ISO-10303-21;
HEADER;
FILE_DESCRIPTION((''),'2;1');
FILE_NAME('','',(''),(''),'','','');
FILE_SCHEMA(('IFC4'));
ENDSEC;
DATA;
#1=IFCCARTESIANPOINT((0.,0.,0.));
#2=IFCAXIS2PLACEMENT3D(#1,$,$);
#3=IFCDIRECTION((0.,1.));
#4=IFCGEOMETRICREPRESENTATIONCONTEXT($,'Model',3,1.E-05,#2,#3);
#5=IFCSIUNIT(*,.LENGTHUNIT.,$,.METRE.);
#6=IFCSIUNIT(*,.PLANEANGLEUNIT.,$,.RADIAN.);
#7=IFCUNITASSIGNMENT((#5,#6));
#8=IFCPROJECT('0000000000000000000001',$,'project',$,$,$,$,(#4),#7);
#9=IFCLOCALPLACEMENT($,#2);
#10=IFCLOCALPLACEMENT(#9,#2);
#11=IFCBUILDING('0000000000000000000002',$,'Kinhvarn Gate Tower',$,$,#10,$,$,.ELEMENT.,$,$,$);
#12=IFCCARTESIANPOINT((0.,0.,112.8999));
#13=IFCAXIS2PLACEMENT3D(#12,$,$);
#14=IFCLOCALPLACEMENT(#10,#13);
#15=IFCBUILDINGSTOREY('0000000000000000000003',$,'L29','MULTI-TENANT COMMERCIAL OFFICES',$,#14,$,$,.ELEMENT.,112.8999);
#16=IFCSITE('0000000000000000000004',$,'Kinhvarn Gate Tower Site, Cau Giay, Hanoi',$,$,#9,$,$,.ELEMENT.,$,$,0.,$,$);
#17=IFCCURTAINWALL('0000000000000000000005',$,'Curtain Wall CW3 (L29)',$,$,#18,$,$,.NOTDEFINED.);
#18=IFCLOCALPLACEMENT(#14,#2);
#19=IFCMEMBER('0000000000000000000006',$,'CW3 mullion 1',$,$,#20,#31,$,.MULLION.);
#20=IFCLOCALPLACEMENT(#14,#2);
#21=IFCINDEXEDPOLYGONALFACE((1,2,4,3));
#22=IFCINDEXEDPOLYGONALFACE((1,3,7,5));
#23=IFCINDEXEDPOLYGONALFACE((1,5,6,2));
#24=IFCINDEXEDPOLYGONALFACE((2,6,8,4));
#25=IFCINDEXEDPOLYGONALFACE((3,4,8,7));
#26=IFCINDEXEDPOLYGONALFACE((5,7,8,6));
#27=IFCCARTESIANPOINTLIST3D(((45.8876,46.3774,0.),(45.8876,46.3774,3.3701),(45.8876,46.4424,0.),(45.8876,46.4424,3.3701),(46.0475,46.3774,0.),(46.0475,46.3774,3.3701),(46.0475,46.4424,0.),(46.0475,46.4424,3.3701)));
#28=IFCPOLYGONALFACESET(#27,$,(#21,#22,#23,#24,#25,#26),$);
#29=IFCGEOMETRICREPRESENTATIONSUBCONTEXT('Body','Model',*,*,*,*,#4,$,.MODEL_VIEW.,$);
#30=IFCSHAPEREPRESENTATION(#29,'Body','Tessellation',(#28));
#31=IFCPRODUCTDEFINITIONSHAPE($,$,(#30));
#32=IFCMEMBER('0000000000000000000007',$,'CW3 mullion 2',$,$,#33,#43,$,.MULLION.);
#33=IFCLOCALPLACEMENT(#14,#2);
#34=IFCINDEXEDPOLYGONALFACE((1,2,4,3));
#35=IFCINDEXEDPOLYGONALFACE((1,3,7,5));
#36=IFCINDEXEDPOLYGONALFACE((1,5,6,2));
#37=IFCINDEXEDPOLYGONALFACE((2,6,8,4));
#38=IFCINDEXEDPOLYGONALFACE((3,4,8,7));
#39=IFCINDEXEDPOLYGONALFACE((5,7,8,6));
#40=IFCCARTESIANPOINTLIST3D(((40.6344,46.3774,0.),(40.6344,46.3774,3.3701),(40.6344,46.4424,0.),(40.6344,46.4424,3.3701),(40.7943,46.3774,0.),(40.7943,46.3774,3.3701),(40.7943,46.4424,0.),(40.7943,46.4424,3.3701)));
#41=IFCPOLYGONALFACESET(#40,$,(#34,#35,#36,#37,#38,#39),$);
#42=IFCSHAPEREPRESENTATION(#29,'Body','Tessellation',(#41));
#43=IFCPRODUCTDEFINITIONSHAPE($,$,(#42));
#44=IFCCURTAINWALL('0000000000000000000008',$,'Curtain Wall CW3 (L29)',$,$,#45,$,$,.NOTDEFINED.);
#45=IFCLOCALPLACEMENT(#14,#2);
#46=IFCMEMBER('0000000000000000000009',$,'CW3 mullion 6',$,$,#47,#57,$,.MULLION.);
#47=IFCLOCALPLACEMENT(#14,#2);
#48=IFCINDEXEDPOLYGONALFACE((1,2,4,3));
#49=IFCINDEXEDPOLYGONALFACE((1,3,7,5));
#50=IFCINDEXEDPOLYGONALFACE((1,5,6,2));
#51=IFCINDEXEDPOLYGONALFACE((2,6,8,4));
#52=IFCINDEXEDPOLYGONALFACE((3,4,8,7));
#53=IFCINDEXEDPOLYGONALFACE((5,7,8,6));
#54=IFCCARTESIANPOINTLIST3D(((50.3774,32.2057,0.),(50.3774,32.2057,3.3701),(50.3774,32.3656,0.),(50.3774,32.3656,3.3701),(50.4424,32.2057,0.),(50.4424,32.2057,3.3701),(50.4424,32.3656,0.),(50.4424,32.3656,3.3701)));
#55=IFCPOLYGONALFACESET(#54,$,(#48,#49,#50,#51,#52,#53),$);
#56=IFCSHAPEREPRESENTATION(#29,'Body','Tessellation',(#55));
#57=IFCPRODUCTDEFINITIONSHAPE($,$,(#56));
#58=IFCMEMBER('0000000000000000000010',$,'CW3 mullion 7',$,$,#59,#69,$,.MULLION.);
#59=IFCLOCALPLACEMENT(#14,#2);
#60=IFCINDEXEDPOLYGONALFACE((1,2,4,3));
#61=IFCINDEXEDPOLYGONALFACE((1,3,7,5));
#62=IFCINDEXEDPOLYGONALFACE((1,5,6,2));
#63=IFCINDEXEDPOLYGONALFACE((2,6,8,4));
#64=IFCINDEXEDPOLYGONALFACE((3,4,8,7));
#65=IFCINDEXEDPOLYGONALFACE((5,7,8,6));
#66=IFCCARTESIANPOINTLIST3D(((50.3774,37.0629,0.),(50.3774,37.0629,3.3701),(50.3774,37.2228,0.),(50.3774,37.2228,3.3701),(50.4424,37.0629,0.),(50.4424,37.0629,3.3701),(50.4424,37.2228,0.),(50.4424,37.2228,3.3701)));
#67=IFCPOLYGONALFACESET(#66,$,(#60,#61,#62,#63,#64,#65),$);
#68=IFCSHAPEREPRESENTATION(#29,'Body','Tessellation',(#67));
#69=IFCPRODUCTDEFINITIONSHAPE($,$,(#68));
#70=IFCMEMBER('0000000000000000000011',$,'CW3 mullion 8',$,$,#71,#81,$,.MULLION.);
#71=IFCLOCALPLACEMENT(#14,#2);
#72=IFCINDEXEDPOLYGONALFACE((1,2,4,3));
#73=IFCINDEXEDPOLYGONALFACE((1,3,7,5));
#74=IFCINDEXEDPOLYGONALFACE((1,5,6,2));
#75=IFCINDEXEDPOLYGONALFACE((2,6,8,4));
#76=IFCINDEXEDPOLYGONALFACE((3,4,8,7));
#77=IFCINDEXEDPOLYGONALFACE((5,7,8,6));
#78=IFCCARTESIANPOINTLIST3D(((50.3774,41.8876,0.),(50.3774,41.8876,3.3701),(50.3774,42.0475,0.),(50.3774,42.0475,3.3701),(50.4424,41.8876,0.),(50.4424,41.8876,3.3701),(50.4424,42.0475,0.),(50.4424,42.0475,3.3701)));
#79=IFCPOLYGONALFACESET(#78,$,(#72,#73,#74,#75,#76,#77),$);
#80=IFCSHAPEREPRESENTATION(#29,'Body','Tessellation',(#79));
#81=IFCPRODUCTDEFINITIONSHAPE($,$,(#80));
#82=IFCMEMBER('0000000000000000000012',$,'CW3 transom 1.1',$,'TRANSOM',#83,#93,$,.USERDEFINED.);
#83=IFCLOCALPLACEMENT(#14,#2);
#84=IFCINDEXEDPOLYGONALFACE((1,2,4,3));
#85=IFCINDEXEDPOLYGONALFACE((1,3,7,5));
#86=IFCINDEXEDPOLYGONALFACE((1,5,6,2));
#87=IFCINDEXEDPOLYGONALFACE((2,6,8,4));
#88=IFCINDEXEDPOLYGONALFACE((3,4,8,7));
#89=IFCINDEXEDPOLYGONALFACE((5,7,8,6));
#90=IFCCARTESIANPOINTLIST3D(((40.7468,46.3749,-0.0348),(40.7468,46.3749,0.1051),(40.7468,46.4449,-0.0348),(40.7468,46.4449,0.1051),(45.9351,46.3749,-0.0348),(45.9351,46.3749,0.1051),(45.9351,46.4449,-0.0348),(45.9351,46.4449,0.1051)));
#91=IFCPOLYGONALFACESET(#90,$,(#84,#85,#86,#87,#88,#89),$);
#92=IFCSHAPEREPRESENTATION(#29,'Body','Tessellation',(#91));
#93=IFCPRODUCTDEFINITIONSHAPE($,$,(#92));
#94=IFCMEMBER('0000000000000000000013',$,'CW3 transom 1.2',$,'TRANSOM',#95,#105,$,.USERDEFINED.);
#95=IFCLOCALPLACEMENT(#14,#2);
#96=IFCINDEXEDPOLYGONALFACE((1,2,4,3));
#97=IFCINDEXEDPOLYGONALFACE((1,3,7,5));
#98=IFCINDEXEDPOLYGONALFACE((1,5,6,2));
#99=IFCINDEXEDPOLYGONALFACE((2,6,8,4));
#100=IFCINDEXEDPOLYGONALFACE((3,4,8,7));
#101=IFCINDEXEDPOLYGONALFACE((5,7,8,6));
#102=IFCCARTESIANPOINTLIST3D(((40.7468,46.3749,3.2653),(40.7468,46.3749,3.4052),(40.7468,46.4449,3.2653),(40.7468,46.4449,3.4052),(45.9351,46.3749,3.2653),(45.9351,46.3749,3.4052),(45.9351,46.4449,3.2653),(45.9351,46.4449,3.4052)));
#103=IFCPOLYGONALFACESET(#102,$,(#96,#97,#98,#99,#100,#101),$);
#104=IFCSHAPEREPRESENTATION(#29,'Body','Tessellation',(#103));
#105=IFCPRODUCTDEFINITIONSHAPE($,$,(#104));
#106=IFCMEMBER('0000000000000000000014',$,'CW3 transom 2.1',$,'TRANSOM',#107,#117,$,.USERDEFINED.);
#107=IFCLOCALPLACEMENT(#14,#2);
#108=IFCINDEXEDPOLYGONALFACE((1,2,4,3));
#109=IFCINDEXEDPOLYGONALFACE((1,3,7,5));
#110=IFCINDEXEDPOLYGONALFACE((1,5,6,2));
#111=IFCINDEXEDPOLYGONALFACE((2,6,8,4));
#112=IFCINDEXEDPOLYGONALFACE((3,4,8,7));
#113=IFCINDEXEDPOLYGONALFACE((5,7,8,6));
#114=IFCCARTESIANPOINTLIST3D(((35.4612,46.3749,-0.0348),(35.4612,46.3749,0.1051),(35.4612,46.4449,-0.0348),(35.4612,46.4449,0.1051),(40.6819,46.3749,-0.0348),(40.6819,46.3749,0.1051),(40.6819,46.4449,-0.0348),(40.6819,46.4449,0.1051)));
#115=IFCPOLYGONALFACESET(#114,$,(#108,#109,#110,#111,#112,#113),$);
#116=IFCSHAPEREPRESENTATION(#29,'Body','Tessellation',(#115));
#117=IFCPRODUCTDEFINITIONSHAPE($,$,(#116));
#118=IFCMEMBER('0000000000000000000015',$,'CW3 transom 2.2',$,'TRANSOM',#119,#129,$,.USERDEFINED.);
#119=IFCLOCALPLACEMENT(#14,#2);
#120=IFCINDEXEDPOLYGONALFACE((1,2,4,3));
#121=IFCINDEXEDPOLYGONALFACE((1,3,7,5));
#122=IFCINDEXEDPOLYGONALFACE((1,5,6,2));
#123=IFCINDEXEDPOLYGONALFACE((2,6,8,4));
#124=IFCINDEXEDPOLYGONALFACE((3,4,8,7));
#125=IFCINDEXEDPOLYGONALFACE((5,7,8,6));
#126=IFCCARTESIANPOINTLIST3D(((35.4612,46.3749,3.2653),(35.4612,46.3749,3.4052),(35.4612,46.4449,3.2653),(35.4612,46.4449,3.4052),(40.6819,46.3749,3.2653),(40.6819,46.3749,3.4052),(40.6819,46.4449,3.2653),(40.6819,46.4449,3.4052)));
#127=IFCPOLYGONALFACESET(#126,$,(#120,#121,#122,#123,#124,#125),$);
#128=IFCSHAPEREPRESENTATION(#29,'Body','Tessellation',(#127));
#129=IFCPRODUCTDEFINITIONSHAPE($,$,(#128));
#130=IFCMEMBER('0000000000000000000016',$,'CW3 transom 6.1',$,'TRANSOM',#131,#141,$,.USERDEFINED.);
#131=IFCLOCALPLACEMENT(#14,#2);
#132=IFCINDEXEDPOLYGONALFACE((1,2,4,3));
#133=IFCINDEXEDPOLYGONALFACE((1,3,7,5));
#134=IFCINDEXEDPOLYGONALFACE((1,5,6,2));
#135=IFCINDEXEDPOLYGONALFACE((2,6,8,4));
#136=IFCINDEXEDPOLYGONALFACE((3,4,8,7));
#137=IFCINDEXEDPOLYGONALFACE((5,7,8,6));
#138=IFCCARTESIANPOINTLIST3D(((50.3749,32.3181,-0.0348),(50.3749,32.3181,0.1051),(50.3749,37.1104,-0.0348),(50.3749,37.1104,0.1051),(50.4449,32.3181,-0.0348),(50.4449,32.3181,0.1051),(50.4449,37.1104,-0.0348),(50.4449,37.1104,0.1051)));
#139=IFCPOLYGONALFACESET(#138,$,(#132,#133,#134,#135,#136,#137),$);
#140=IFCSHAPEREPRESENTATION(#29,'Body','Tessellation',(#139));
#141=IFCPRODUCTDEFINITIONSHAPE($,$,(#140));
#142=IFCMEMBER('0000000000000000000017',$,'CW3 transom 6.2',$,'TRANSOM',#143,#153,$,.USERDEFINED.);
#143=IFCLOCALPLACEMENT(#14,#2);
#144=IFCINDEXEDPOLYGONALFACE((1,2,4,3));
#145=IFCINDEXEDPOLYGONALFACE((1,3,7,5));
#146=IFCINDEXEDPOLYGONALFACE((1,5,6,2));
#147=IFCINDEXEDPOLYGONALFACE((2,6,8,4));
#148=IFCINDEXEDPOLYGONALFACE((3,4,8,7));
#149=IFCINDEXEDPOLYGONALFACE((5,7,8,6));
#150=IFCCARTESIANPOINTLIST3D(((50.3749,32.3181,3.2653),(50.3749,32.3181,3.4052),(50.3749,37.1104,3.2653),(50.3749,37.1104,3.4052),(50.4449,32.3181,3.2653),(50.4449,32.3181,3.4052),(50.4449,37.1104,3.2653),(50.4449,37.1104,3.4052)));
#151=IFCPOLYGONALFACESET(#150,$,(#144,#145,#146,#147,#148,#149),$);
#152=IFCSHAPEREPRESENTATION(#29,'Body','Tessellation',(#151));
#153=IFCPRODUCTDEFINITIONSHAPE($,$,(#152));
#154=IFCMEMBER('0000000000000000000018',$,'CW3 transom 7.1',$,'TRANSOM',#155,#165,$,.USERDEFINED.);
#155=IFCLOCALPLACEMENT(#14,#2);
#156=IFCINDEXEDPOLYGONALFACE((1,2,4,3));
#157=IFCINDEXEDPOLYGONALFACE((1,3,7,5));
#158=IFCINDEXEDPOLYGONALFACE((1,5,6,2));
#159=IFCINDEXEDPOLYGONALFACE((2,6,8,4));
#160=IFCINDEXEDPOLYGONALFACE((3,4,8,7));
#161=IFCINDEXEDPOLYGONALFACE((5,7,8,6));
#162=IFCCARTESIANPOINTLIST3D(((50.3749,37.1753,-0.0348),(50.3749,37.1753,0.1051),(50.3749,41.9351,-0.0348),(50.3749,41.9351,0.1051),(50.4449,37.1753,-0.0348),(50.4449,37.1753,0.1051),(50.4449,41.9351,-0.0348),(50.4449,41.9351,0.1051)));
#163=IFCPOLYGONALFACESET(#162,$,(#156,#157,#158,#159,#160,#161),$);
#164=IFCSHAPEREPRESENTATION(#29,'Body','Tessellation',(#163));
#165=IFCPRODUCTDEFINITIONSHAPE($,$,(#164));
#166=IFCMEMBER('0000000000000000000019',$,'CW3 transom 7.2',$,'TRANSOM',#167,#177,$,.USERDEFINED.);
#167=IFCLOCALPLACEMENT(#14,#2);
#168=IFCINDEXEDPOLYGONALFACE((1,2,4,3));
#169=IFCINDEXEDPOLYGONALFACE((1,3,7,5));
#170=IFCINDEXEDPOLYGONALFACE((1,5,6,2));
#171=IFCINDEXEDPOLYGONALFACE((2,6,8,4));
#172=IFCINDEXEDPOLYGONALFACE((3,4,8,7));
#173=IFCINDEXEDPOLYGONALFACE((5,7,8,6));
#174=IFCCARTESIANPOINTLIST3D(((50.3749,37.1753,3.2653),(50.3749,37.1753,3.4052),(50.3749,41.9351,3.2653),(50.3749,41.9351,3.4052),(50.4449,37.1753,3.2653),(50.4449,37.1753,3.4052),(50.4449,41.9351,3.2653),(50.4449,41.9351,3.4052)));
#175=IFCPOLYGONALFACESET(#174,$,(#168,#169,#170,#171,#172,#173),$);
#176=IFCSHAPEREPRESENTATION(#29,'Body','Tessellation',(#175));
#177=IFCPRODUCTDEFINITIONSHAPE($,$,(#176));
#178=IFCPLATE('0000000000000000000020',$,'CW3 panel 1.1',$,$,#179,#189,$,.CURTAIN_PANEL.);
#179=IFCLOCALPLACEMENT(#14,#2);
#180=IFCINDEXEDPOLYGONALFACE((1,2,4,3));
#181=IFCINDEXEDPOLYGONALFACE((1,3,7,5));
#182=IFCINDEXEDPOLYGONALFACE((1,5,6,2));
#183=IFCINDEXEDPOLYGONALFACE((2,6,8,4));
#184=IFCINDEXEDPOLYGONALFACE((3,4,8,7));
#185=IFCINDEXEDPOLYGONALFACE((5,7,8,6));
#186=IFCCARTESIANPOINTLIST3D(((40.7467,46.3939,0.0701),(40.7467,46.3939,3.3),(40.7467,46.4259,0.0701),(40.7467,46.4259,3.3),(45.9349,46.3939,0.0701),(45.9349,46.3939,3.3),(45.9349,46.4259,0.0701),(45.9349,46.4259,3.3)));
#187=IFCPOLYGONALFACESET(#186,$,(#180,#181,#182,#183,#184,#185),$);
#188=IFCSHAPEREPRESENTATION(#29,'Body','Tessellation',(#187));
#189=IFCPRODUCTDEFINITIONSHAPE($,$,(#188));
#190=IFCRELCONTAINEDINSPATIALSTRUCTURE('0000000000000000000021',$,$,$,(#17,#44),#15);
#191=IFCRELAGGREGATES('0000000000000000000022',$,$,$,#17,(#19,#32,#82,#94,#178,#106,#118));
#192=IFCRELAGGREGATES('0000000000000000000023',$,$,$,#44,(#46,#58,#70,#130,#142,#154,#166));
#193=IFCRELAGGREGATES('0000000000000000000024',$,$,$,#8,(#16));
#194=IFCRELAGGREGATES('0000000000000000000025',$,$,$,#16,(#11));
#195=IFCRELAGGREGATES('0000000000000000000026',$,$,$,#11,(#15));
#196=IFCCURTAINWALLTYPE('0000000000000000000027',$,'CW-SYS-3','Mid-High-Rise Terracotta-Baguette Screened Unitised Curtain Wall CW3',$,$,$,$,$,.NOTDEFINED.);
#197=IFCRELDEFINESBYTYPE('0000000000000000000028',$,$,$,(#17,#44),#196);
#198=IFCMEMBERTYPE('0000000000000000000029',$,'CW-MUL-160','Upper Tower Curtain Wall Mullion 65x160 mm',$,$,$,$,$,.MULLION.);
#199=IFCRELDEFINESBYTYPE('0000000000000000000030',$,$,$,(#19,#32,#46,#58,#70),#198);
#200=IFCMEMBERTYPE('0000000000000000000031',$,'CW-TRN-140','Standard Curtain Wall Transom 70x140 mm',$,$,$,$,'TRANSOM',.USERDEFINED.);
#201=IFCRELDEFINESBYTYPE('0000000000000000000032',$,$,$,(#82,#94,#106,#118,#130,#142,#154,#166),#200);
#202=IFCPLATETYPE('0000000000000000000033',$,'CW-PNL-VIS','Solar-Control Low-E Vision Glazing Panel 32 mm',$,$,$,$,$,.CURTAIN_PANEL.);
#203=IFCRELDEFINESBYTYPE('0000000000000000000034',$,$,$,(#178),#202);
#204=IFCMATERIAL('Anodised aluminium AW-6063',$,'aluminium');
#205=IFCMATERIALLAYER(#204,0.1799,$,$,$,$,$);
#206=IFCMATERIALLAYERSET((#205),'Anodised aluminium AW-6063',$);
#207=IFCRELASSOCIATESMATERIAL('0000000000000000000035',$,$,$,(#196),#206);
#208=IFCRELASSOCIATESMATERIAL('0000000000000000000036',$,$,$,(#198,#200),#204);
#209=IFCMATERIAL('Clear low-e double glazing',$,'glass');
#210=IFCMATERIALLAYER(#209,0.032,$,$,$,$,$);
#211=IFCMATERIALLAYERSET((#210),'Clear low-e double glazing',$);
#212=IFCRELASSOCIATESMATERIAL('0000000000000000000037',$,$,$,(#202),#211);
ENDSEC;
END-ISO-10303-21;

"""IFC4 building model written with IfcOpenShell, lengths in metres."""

from ifc_helpers import new_model, si_unit, direction, frame, origin, origin_2d, place, context, subcontext, project, spatial, rectangle, extrude, material, layer, layer_set, material_profile, profile_set, type_object, element, aggregate, save


model = new_model("IFC4")

# Units and contexts
model_context = context("Model", 3, precision=1e-05, world=origin(), true_north=direction((0.0, 1.0)))
body_context = subcontext(model_context, "Body", "Model", "MODEL_VIEW")
ifc_project = project(units=[si_unit("LENGTHUNIT", "METRE"), si_unit("PLANEANGLEUNIT", "RADIAN")], contexts=[model_context])

# Site, building, storey
site_placement = place(None, origin())
site = spatial("IfcSite", under=ifc_project, at=site_placement, Name="Kinhvarn Gate Tower Site, Cau Giay, Hanoi", CompositionType="ELEMENT", RefElevation=0.0)
building_placement = place(site_placement, origin())
building = spatial("IfcBuilding", under=site, at=building_placement, Name="Kinhvarn Gate Tower", CompositionType="ELEMENT")
storey_placement = place(building_placement, frame((0.0, 0.0, 112.8999)))
storey = spatial("IfcBuildingStorey", under=building, at=storey_placement, Name="L29", Description="MULTI-TENANT COMMERCIAL OFFICES", CompositionType="ELEMENT", Elevation=112.8999)

# Curtain walls, members
ifc_material_1 = material(Name="Anodised aluminium AW-6063", Category="aluminium")
ifc_layer_1 = layer(ifc_material_1, 0.1799)
ifc_layer_set_1 = layer_set([ifc_layer_1], Name="Anodised aluminium AW-6063")
curtain_wall_type = type_object("IfcCurtainWallType", Name="CW-SYS-3", Description="Mid-High-Rise Terracotta-Baguette Screened Unitised Curtain Wall CW3", PredefinedType="NOTDEFINED", material=ifc_layer_set_1)
curtain_wall_1_placement = place(storey_placement, origin())
curtain_wall_1 = element("IfcCurtainWall", 1, at=curtain_wall_1_placement, inside=storey, type_object=curtain_wall_type, Name="Curtain Wall CW3 (L29)", PredefinedType="NOTDEFINED")
ifc_material_profile_1 = material_profile(ifc_material_1, rectangle(XDim=0.0649, YDim=0.1599, at=origin_2d()), Name="ALU 65x160")
ifc_profile_set_1 = profile_set([ifc_material_profile_1], Name="Anodised aluminium AW-6063")
member_type_1 = type_object("IfcMemberType", Name="CW-MUL-160", Description="Upper Tower Curtain Wall Mullion 65x160 mm", PredefinedType="MULLION", material=ifc_profile_set_1)
member_1_placement = place(storey_placement, frame((45.9675, 46.4099, 0.0), z_axis=(0.0, 0.0, 1.0), x_axis=(0.0, -1.0, 0.0)))
member_1 = element("IfcMember", 2, at=member_1_placement, type_object=member_type_1, Name="CW3 mullion 1", PredefinedType="MULLION", context=body_context, shape_type="SweptSolid", body=[
    extrude(rectangle(XDim=0.0649, YDim=0.1599, at=origin_2d()), origin(), (0.0, 0.0, 1.0), 3.3701),
])
member_2_placement = place(storey_placement, frame((40.7144, 46.4099, 0.0), z_axis=(0.0, 0.0, 1.0), x_axis=(0.0, -1.0, 0.0)))
member_2 = element("IfcMember", 3, at=member_2_placement, type_object=member_type_1, Name="CW3 mullion 2", PredefinedType="MULLION", context=body_context, shape_type="SweptSolid", body=[
    extrude(rectangle(XDim=0.0649, YDim=0.1599, at=origin_2d()), origin(), (0.0, 0.0, 1.0), 3.3701),
])
curtain_wall_2_placement = place(storey_placement, origin())
curtain_wall_2 = element("IfcCurtainWall", 4, at=curtain_wall_2_placement, inside=storey, type_object=curtain_wall_type, Name="Curtain Wall CW3 (L29)", PredefinedType="NOTDEFINED")
member_3_placement = place(storey_placement, frame((50.4099, 32.2856, 0.0), z_axis=(0.0, 0.0, 1.0), x_axis=(-1.0, 0.0, 0.0)))
member_3 = element("IfcMember", 5, at=member_3_placement, type_object=member_type_1, Name="CW3 mullion 6", PredefinedType="MULLION", context=body_context, shape_type="SweptSolid", body=[
    extrude(rectangle(XDim=0.0649, YDim=0.1599, at=origin_2d()), origin(), (0.0, 0.0, 1.0), 3.3701),
])
member_4_placement = place(storey_placement, frame((50.4099, 37.1428, 0.0), z_axis=(0.0, 0.0, 1.0), x_axis=(-1.0, 0.0, 0.0)))
member_4 = element("IfcMember", 6, at=member_4_placement, type_object=member_type_1, Name="CW3 mullion 7", PredefinedType="MULLION", context=body_context, shape_type="SweptSolid", body=[
    extrude(rectangle(XDim=0.0649, YDim=0.1599, at=origin_2d()), origin(), (0.0, 0.0, 1.0), 3.3701),
])
member_5_placement = place(storey_placement, frame((50.4099, 41.9675, 0.0), z_axis=(0.0, 0.0, 1.0), x_axis=(-1.0, 0.0, 0.0)))
member_5 = element("IfcMember", 7, at=member_5_placement, type_object=member_type_1, Name="CW3 mullion 8", PredefinedType="MULLION", context=body_context, shape_type="SweptSolid", body=[
    extrude(rectangle(XDim=0.0649, YDim=0.1599, at=origin_2d()), origin(), (0.0, 0.0, 1.0), 3.3701),
])

# Members
ifc_material_profile_2 = material_profile(ifc_material_1, rectangle(XDim=0.0701, YDim=0.1399, at=origin_2d()), Name="ALU 70x140")
ifc_profile_set_2 = profile_set([ifc_material_profile_2], Name="Anodised aluminium AW-6063")
member_type_2 = type_object("IfcMemberType", Name="CW-TRN-140", Description="Standard Curtain Wall Transom 70x140 mm", ElementType="TRANSOM", PredefinedType="USERDEFINED", material=ifc_profile_set_2)
member_6_placement = place(storey_placement, frame((45.9351, 46.4099, 0.0352), z_axis=(-1.0, 0.0, 0.0), x_axis=(0.0, -1.0, 0.0)))
member_6 = element("IfcMember", 8, at=member_6_placement, type_object=member_type_2, Name="CW3 transom 1.1", ObjectType="TRANSOM", PredefinedType="USERDEFINED", context=body_context, shape_type="SweptSolid", body=[
    extrude(rectangle(XDim=0.0701, YDim=0.1399, at=origin_2d()), origin(), (0.0, 0.0, 1.0), 5.1882),
])
member_7_placement = place(storey_placement, frame((45.9351, 46.4099, 3.3352), z_axis=(-1.0, 0.0, 0.0), x_axis=(0.0, -1.0, 0.0)))
member_7 = element("IfcMember", 9, at=member_7_placement, type_object=member_type_2, Name="CW3 transom 1.2", ObjectType="TRANSOM", PredefinedType="USERDEFINED", context=body_context, shape_type="SweptSolid", body=[
    extrude(rectangle(XDim=0.0701, YDim=0.1399, at=origin_2d()), origin(), (0.0, 0.0, 1.0), 5.1882),
])
member_8_placement = place(storey_placement, frame((40.6819, 46.4099, 0.0352), z_axis=(-1.0, 0.0, 0.0), x_axis=(0.0, -1.0, 0.0)))
member_8 = element("IfcMember", 10, at=member_8_placement, type_object=member_type_2, Name="CW3 transom 2.1", ObjectType="TRANSOM", PredefinedType="USERDEFINED", context=body_context, shape_type="SweptSolid", body=[
    extrude(rectangle(XDim=0.0701, YDim=0.1399, at=origin_2d()), origin(), (0.0, 0.0, 1.0), 5.2207),
])
member_9_placement = place(storey_placement, frame((40.6819, 46.4099, 3.3352), z_axis=(-1.0, 0.0, 0.0), x_axis=(0.0, -1.0, 0.0)))
member_9 = element("IfcMember", 11, at=member_9_placement, type_object=member_type_2, Name="CW3 transom 2.2", ObjectType="TRANSOM", PredefinedType="USERDEFINED", context=body_context, shape_type="SweptSolid", body=[
    extrude(rectangle(XDim=0.0701, YDim=0.1399, at=origin_2d()), origin(), (0.0, 0.0, 1.0), 5.2207),
])
member_10_placement = place(storey_placement, frame((50.4099, 32.3181, 0.0352), z_axis=(0.0, 1.0, 0.0), x_axis=(-1.0, 0.0, 0.0)))
member_10 = element("IfcMember", 12, at=member_10_placement, type_object=member_type_2, Name="CW3 transom 6.1", ObjectType="TRANSOM", PredefinedType="USERDEFINED", context=body_context, shape_type="SweptSolid", body=[
    extrude(rectangle(XDim=0.0701, YDim=0.1399, at=origin_2d()), origin(), (0.0, 0.0, 1.0), 4.7922),
])
member_11_placement = place(storey_placement, frame((50.4099, 32.3181, 3.3352), z_axis=(0.0, 1.0, 0.0), x_axis=(-1.0, 0.0, 0.0)))
member_11 = element("IfcMember", 13, at=member_11_placement, type_object=member_type_2, Name="CW3 transom 6.2", ObjectType="TRANSOM", PredefinedType="USERDEFINED", context=body_context, shape_type="SweptSolid", body=[
    extrude(rectangle(XDim=0.0701, YDim=0.1399, at=origin_2d()), origin(), (0.0, 0.0, 1.0), 4.7922),
])
member_12_placement = place(storey_placement, frame((50.4099, 37.1753, 0.0352), z_axis=(0.0, 1.0, 0.0), x_axis=(-1.0, 0.0, 0.0)))
member_12 = element("IfcMember", 14, at=member_12_placement, type_object=member_type_2, Name="CW3 transom 7.1", ObjectType="TRANSOM", PredefinedType="USERDEFINED", context=body_context, shape_type="SweptSolid", body=[
    extrude(rectangle(XDim=0.0701, YDim=0.1399, at=origin_2d()), origin(), (0.0, 0.0, 1.0), 4.7598),
])
member_13_placement = place(storey_placement, frame((50.4099, 37.1753, 3.3352), z_axis=(0.0, 1.0, 0.0), x_axis=(-1.0, 0.0, 0.0)))
member_13 = element("IfcMember", 15, at=member_13_placement, type_object=member_type_2, Name="CW3 transom 7.2", ObjectType="TRANSOM", PredefinedType="USERDEFINED", context=body_context, shape_type="SweptSolid", body=[
    extrude(rectangle(XDim=0.0701, YDim=0.1399, at=origin_2d()), origin(), (0.0, 0.0, 1.0), 4.7598),
])

# Plate
ifc_material_2 = material(Name="Clear low-e double glazing", Category="glass")
ifc_layer_2 = layer(ifc_material_2, 0.032)
ifc_layer_set_2 = layer_set([ifc_layer_2], Name="Clear low-e double glazing")
plate_type = type_object("IfcPlateType", Name="CW-PNL-VIS", Description="Solar-Control Low-E Vision Glazing Panel 32 mm", PredefinedType="CURTAIN_PANEL", material=ifc_layer_set_2)
plate_1_placement = place(storey_placement, frame((43.3408, 46.4099, 0.0701), z_axis=(0.0, 0.0, 1.0), x_axis=(-1.0, 0.0, 0.0)))
plate_1 = element("IfcPlate", 16, at=plate_1_placement, type_object=plate_type, Name="CW3 panel 1.1", PredefinedType="CURTAIN_PANEL", context=body_context, shape_type="SweptSolid", body=[
    extrude(rectangle(XDim=5.1882, YDim=0.032, at=origin_2d()), origin(), (0.0, 0.0, 1.0), 3.23),
])
aggregate(curtain_wall_1, [member_1, member_2, member_6, member_7, plate_1, member_8, member_9])
aggregate(curtain_wall_2, [member_3, member_4, member_5, member_10, member_11, member_12, member_13])

save(model, "model.ifc")
